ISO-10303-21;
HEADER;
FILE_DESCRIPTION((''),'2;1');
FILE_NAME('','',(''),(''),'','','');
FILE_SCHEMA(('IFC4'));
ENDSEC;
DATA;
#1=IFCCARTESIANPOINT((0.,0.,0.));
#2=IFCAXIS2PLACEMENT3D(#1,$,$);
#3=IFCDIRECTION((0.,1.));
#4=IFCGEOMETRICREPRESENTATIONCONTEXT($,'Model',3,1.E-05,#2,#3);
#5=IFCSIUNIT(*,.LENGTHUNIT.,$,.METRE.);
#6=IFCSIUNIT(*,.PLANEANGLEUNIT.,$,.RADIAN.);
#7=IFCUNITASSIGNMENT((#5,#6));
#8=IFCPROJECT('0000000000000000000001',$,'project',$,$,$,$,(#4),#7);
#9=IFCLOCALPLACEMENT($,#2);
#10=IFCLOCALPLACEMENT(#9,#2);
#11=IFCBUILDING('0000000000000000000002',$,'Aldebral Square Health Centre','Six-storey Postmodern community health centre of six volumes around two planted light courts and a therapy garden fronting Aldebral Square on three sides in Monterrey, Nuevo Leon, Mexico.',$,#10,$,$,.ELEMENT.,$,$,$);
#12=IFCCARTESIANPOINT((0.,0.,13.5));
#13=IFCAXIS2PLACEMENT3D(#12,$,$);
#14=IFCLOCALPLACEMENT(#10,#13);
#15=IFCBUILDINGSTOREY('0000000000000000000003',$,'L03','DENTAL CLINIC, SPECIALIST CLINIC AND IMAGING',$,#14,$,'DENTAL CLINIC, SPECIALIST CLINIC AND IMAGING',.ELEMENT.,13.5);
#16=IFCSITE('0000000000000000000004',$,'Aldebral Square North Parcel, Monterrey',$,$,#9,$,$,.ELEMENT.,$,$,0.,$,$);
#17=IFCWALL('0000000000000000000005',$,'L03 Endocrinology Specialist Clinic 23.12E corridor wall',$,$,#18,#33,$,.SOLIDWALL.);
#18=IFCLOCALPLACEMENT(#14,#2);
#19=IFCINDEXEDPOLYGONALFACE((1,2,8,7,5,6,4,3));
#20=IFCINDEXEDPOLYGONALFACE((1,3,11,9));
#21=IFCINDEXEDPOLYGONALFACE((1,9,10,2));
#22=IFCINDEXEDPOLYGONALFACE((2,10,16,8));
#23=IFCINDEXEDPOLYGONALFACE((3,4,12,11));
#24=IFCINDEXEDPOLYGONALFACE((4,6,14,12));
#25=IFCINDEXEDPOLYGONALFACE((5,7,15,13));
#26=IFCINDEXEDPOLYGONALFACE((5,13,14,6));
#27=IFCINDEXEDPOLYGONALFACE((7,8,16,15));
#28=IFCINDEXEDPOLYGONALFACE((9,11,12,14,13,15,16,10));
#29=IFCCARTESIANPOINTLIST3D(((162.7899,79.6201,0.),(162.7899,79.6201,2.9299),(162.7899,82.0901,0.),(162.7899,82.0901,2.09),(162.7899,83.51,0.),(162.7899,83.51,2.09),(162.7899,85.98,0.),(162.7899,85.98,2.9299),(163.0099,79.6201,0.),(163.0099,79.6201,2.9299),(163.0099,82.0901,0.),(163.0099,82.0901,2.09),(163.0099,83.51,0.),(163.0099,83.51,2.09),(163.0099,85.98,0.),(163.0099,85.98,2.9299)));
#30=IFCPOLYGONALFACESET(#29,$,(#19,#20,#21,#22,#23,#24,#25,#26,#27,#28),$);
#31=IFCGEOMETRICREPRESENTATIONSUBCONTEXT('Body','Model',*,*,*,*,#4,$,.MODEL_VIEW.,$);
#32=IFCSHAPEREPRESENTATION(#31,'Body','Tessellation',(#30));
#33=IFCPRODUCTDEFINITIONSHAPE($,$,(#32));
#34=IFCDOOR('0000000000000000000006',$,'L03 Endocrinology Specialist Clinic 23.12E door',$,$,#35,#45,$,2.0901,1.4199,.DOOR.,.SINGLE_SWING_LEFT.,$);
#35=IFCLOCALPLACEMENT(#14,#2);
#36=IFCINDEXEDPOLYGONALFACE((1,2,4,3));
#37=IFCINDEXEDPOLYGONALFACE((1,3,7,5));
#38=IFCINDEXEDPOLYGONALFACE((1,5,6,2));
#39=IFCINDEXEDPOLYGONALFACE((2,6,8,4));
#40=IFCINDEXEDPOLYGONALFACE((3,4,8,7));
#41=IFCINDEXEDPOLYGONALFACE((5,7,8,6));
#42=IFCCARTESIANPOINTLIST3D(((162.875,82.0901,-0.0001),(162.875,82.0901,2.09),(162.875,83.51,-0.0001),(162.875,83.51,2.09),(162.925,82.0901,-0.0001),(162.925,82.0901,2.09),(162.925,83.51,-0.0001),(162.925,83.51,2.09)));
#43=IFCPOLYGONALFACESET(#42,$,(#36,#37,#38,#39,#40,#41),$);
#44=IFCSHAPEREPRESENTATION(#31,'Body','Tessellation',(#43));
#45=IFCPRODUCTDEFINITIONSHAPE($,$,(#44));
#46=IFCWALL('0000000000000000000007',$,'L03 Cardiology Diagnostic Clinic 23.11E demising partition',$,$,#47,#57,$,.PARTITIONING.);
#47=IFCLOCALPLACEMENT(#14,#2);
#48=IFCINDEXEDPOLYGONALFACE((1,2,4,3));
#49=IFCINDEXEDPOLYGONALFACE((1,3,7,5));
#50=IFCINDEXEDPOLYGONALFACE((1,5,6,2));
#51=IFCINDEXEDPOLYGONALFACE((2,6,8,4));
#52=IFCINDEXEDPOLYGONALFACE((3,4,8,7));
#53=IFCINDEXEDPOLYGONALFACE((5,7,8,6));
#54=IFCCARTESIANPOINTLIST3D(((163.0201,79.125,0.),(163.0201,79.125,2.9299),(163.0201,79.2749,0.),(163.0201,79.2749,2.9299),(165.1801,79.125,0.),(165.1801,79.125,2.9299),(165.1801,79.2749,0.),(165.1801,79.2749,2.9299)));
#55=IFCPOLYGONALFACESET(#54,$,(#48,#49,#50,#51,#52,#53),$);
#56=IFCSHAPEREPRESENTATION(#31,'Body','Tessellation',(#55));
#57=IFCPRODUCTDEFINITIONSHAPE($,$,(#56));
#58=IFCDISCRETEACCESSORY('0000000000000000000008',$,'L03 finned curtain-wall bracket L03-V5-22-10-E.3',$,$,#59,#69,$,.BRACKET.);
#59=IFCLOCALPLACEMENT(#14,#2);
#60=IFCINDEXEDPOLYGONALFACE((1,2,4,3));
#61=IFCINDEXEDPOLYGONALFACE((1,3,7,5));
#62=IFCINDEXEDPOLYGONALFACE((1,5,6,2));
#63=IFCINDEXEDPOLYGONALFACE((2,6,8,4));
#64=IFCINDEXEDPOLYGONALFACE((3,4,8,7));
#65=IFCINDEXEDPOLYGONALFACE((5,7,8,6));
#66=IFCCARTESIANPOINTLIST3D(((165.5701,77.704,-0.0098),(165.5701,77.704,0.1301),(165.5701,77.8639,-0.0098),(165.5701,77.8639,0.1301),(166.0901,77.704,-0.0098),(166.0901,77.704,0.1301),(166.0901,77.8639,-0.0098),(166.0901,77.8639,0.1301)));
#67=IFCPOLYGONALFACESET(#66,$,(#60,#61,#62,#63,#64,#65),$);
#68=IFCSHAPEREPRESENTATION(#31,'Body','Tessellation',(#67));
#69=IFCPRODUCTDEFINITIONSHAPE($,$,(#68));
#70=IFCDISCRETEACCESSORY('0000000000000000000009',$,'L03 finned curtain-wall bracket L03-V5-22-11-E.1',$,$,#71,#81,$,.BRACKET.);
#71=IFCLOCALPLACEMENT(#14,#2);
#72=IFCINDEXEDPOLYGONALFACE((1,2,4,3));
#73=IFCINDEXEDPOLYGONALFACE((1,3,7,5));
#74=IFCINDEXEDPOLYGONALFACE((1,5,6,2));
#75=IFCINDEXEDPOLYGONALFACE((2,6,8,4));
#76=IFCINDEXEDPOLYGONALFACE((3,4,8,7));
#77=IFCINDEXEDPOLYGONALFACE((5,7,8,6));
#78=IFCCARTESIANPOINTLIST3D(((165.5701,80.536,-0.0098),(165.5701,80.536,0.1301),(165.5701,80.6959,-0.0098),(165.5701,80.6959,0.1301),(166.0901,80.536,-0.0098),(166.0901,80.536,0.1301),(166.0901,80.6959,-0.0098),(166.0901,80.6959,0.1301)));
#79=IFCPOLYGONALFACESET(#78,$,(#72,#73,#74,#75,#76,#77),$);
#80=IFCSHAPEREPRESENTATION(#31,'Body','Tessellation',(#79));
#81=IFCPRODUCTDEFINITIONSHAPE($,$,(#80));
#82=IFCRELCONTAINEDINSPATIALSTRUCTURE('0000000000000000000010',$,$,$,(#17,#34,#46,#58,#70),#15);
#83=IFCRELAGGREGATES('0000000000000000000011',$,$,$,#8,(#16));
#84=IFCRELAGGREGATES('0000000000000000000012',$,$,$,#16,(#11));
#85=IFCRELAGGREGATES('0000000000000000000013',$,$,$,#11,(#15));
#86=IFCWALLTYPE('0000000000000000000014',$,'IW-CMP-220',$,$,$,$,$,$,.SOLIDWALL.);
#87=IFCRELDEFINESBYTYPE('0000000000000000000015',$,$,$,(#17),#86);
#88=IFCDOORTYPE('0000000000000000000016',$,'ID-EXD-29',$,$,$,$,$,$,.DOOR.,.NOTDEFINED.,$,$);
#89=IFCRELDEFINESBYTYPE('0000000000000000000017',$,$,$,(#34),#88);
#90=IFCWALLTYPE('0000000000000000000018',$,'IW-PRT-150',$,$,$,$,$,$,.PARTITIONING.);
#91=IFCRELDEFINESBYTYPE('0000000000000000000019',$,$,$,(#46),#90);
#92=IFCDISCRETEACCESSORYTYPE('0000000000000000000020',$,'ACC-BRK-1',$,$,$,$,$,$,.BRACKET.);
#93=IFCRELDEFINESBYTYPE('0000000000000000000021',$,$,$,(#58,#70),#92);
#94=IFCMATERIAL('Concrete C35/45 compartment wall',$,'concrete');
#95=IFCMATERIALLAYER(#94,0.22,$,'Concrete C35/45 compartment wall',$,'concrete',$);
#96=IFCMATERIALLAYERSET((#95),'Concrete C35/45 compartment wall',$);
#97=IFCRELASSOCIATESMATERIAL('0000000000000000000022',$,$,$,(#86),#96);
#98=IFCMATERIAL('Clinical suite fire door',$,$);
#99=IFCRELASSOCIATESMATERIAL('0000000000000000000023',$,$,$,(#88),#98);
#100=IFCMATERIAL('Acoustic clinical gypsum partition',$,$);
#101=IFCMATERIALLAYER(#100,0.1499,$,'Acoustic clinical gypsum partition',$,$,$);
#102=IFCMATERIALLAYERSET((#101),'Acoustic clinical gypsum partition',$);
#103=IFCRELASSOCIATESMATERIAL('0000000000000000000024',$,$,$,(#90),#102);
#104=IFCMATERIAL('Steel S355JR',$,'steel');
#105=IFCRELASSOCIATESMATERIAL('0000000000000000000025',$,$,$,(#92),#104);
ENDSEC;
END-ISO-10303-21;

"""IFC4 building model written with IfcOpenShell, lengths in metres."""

from ifc_helpers import new_model, si_unit, direction, frame, frame_2d, origin, origin_2d, place, context, subcontext, project, spatial, rectangle, extrude, material, layer, layer_set, type_object, element, fill, save


model = new_model("IFC4")

# Units and contexts
model_context = context("Model", 3, precision=1e-05, world=origin(), true_north=direction((0.0, 1.0)))
body_context = subcontext(model_context, "Body", "Model", "MODEL_VIEW")
ifc_project = project(units=[si_unit("LENGTHUNIT", "METRE"), si_unit("PLANEANGLEUNIT", "RADIAN")], contexts=[model_context])

# Site, building, storey
site_placement = place(None, origin())
site = spatial("IfcSite", under=ifc_project, at=site_placement, Name="Aldebral Square North Parcel, Monterrey", CompositionType="ELEMENT", RefElevation=0.0)
building_placement = place(site_placement, origin())
building = spatial("IfcBuilding", under=site, at=building_placement, Name="Aldebral Square Health Centre", Description="Six-storey Postmodern community health centre of six volumes around two planted light courts and a therapy garden fronting Aldebral Square on three sides in Monterrey, Nuevo Leon, Mexico.", CompositionType="ELEMENT")
storey_placement = place(building_placement, frame((0.0, 0.0, 13.5)))
storey = spatial("IfcBuildingStorey", under=building, at=storey_placement, Name="L03", Description="DENTAL CLINIC, SPECIALIST CLINIC AND IMAGING", LongName="DENTAL CLINIC, SPECIALIST CLINIC AND IMAGING", CompositionType="ELEMENT", Elevation=13.5)

# Wall, opening, door
ifc_material_1 = material(Name="Concrete C35/45 compartment wall", Category="concrete")
ifc_layer_1 = layer(ifc_material_1, 0.22, Name="Concrete C35/45 compartment wall", Category="concrete")
ifc_layer_set_1 = layer_set([ifc_layer_1], Name="Concrete C35/45 compartment wall")
wall_type_1 = type_object("IfcWallType", Name="IW-CMP-220", PredefinedType="SOLIDWALL", material=ifc_layer_set_1)
wall_1_placement = place(storey_placement, frame((162.8999, 79.6201, 0.0), z_axis=(0.0, 0.0, 1.0), x_axis=(0.0, 1.0, 0.0)))
wall_1 = element("IfcWall", 1, at=wall_1_placement, inside=storey, type_object=wall_type_1, Name="L03 Endocrinology Specialist Clinic 23.12E corridor wall", PredefinedType="SOLIDWALL", context=body_context, shape_type="SweptSolid", body=[
    extrude(rectangle(XDim=6.3599, YDim=0.22, at=frame_2d((3.1799, 0.0))), origin(), (0.0, 0.0, 1.0), 2.9299),
])
opening_1_placement = place(wall_1_placement, frame((2.47, 0.0, 0.0)))
opening_1 = element("IfcOpeningElement", 2, at=opening_1_placement, cuts=wall_1, PredefinedType="OPENING", context=body_context, shape_type="SweptSolid", body=[
    extrude(rectangle(XDim=1.4199, YDim=2.0901, at=frame_2d((0.71, 1.0449))), frame((0.0, 0.1201, 0.0), z_axis=(0.0, -1.0, 0.0), x_axis=(1.0, 0.0, 0.0)), (0.0, 0.0, 1.0), 0.24),
])
ifc_material_2 = material(Name="Clinical suite fire door")
door_type_1 = type_object("IfcDoorType", Name="ID-EXD-29", OperationType="NOTDEFINED", PredefinedType="DOOR", material=ifc_material_2)
door_1_placement = place(opening_1_placement, origin())
door_1 = element("IfcDoor", 3, at=door_1_placement, inside=storey, type_object=door_type_1, Name="L03 Endocrinology Specialist Clinic 23.12E door", OperationType="SINGLE_SWING_LEFT", OverallHeight=2.0901, OverallWidth=1.4199, PredefinedType="DOOR", context=body_context, shape_type="SweptSolid", body=[
    extrude(rectangle(XDim=1.4199, YDim=2.0901, at=frame_2d((0.71, 1.0449))), frame((0.0, 0.0249, 0.0), z_axis=(0.0, -1.0, 0.0), x_axis=(1.0, 0.0, 0.0)), (0.0, 0.0, 1.0), 0.05),
])
fill(opening_1, door_1)

# Wall
ifc_material_3 = material(Name="Acoustic clinical gypsum partition")
ifc_layer_2 = layer(ifc_material_3, 0.1499, Name="Acoustic clinical gypsum partition")
ifc_layer_set_2 = layer_set([ifc_layer_2], Name="Acoustic clinical gypsum partition")
wall_type_2 = type_object("IfcWallType", Name="IW-PRT-150", PredefinedType="PARTITIONING", material=ifc_layer_set_2)
wall_2_placement = place(storey_placement, frame((163.02, 79.2, 0.0), z_axis=(0.0, 0.0, 1.0), x_axis=(1.0, 0.0, 0.0)))
element("IfcWall", 4, at=wall_2_placement, inside=storey, type_object=wall_type_2, Name="L03 Cardiology Diagnostic Clinic 23.11E demising partition", PredefinedType="PARTITIONING", context=body_context, shape_type="SweptSolid", body=[
    extrude(rectangle(XDim=2.1599, YDim=0.1499, at=frame_2d((1.0801, 0.0))), origin(), (0.0, 0.0, 1.0), 2.9299),
])

# Discrete accessories
ifc_material_4 = material(Name="Steel S355JR", Category="steel")
discrete_accessory_type = type_object("IfcDiscreteAccessoryType", Name="ACC-BRK-1", PredefinedType="BRACKET", material=ifc_material_4)
for number, where, z_axis, x_axis, name in (
    (5, (165.8301, 77.7839, -0.0098), (0.0, 0.0, 1.0), (0.0, 1.0, 0.0), "L03 finned curtain-wall bracket L03-V5-22-10-E.3"),
    (6, (165.8301, 80.616, -0.0098), (0.0, 0.0, 1.0), (0.0, 1.0, 0.0), "L03 finned curtain-wall bracket L03-V5-22-11-E.1"),
):
    element("IfcDiscreteAccessory", number, at=place(storey_placement, frame(where, z_axis=z_axis, x_axis=x_axis)), inside=storey, type_object=discrete_accessory_type, Name=name, PredefinedType="BRACKET", context=body_context, shape_type="SweptSolid", body=[
        extrude(rectangle(XDim=0.1599, YDim=0.52, at=origin_2d()), origin(), (0.0, 0.0, 1.0), 0.1399),
    ])

save(model, "model.ifc")
